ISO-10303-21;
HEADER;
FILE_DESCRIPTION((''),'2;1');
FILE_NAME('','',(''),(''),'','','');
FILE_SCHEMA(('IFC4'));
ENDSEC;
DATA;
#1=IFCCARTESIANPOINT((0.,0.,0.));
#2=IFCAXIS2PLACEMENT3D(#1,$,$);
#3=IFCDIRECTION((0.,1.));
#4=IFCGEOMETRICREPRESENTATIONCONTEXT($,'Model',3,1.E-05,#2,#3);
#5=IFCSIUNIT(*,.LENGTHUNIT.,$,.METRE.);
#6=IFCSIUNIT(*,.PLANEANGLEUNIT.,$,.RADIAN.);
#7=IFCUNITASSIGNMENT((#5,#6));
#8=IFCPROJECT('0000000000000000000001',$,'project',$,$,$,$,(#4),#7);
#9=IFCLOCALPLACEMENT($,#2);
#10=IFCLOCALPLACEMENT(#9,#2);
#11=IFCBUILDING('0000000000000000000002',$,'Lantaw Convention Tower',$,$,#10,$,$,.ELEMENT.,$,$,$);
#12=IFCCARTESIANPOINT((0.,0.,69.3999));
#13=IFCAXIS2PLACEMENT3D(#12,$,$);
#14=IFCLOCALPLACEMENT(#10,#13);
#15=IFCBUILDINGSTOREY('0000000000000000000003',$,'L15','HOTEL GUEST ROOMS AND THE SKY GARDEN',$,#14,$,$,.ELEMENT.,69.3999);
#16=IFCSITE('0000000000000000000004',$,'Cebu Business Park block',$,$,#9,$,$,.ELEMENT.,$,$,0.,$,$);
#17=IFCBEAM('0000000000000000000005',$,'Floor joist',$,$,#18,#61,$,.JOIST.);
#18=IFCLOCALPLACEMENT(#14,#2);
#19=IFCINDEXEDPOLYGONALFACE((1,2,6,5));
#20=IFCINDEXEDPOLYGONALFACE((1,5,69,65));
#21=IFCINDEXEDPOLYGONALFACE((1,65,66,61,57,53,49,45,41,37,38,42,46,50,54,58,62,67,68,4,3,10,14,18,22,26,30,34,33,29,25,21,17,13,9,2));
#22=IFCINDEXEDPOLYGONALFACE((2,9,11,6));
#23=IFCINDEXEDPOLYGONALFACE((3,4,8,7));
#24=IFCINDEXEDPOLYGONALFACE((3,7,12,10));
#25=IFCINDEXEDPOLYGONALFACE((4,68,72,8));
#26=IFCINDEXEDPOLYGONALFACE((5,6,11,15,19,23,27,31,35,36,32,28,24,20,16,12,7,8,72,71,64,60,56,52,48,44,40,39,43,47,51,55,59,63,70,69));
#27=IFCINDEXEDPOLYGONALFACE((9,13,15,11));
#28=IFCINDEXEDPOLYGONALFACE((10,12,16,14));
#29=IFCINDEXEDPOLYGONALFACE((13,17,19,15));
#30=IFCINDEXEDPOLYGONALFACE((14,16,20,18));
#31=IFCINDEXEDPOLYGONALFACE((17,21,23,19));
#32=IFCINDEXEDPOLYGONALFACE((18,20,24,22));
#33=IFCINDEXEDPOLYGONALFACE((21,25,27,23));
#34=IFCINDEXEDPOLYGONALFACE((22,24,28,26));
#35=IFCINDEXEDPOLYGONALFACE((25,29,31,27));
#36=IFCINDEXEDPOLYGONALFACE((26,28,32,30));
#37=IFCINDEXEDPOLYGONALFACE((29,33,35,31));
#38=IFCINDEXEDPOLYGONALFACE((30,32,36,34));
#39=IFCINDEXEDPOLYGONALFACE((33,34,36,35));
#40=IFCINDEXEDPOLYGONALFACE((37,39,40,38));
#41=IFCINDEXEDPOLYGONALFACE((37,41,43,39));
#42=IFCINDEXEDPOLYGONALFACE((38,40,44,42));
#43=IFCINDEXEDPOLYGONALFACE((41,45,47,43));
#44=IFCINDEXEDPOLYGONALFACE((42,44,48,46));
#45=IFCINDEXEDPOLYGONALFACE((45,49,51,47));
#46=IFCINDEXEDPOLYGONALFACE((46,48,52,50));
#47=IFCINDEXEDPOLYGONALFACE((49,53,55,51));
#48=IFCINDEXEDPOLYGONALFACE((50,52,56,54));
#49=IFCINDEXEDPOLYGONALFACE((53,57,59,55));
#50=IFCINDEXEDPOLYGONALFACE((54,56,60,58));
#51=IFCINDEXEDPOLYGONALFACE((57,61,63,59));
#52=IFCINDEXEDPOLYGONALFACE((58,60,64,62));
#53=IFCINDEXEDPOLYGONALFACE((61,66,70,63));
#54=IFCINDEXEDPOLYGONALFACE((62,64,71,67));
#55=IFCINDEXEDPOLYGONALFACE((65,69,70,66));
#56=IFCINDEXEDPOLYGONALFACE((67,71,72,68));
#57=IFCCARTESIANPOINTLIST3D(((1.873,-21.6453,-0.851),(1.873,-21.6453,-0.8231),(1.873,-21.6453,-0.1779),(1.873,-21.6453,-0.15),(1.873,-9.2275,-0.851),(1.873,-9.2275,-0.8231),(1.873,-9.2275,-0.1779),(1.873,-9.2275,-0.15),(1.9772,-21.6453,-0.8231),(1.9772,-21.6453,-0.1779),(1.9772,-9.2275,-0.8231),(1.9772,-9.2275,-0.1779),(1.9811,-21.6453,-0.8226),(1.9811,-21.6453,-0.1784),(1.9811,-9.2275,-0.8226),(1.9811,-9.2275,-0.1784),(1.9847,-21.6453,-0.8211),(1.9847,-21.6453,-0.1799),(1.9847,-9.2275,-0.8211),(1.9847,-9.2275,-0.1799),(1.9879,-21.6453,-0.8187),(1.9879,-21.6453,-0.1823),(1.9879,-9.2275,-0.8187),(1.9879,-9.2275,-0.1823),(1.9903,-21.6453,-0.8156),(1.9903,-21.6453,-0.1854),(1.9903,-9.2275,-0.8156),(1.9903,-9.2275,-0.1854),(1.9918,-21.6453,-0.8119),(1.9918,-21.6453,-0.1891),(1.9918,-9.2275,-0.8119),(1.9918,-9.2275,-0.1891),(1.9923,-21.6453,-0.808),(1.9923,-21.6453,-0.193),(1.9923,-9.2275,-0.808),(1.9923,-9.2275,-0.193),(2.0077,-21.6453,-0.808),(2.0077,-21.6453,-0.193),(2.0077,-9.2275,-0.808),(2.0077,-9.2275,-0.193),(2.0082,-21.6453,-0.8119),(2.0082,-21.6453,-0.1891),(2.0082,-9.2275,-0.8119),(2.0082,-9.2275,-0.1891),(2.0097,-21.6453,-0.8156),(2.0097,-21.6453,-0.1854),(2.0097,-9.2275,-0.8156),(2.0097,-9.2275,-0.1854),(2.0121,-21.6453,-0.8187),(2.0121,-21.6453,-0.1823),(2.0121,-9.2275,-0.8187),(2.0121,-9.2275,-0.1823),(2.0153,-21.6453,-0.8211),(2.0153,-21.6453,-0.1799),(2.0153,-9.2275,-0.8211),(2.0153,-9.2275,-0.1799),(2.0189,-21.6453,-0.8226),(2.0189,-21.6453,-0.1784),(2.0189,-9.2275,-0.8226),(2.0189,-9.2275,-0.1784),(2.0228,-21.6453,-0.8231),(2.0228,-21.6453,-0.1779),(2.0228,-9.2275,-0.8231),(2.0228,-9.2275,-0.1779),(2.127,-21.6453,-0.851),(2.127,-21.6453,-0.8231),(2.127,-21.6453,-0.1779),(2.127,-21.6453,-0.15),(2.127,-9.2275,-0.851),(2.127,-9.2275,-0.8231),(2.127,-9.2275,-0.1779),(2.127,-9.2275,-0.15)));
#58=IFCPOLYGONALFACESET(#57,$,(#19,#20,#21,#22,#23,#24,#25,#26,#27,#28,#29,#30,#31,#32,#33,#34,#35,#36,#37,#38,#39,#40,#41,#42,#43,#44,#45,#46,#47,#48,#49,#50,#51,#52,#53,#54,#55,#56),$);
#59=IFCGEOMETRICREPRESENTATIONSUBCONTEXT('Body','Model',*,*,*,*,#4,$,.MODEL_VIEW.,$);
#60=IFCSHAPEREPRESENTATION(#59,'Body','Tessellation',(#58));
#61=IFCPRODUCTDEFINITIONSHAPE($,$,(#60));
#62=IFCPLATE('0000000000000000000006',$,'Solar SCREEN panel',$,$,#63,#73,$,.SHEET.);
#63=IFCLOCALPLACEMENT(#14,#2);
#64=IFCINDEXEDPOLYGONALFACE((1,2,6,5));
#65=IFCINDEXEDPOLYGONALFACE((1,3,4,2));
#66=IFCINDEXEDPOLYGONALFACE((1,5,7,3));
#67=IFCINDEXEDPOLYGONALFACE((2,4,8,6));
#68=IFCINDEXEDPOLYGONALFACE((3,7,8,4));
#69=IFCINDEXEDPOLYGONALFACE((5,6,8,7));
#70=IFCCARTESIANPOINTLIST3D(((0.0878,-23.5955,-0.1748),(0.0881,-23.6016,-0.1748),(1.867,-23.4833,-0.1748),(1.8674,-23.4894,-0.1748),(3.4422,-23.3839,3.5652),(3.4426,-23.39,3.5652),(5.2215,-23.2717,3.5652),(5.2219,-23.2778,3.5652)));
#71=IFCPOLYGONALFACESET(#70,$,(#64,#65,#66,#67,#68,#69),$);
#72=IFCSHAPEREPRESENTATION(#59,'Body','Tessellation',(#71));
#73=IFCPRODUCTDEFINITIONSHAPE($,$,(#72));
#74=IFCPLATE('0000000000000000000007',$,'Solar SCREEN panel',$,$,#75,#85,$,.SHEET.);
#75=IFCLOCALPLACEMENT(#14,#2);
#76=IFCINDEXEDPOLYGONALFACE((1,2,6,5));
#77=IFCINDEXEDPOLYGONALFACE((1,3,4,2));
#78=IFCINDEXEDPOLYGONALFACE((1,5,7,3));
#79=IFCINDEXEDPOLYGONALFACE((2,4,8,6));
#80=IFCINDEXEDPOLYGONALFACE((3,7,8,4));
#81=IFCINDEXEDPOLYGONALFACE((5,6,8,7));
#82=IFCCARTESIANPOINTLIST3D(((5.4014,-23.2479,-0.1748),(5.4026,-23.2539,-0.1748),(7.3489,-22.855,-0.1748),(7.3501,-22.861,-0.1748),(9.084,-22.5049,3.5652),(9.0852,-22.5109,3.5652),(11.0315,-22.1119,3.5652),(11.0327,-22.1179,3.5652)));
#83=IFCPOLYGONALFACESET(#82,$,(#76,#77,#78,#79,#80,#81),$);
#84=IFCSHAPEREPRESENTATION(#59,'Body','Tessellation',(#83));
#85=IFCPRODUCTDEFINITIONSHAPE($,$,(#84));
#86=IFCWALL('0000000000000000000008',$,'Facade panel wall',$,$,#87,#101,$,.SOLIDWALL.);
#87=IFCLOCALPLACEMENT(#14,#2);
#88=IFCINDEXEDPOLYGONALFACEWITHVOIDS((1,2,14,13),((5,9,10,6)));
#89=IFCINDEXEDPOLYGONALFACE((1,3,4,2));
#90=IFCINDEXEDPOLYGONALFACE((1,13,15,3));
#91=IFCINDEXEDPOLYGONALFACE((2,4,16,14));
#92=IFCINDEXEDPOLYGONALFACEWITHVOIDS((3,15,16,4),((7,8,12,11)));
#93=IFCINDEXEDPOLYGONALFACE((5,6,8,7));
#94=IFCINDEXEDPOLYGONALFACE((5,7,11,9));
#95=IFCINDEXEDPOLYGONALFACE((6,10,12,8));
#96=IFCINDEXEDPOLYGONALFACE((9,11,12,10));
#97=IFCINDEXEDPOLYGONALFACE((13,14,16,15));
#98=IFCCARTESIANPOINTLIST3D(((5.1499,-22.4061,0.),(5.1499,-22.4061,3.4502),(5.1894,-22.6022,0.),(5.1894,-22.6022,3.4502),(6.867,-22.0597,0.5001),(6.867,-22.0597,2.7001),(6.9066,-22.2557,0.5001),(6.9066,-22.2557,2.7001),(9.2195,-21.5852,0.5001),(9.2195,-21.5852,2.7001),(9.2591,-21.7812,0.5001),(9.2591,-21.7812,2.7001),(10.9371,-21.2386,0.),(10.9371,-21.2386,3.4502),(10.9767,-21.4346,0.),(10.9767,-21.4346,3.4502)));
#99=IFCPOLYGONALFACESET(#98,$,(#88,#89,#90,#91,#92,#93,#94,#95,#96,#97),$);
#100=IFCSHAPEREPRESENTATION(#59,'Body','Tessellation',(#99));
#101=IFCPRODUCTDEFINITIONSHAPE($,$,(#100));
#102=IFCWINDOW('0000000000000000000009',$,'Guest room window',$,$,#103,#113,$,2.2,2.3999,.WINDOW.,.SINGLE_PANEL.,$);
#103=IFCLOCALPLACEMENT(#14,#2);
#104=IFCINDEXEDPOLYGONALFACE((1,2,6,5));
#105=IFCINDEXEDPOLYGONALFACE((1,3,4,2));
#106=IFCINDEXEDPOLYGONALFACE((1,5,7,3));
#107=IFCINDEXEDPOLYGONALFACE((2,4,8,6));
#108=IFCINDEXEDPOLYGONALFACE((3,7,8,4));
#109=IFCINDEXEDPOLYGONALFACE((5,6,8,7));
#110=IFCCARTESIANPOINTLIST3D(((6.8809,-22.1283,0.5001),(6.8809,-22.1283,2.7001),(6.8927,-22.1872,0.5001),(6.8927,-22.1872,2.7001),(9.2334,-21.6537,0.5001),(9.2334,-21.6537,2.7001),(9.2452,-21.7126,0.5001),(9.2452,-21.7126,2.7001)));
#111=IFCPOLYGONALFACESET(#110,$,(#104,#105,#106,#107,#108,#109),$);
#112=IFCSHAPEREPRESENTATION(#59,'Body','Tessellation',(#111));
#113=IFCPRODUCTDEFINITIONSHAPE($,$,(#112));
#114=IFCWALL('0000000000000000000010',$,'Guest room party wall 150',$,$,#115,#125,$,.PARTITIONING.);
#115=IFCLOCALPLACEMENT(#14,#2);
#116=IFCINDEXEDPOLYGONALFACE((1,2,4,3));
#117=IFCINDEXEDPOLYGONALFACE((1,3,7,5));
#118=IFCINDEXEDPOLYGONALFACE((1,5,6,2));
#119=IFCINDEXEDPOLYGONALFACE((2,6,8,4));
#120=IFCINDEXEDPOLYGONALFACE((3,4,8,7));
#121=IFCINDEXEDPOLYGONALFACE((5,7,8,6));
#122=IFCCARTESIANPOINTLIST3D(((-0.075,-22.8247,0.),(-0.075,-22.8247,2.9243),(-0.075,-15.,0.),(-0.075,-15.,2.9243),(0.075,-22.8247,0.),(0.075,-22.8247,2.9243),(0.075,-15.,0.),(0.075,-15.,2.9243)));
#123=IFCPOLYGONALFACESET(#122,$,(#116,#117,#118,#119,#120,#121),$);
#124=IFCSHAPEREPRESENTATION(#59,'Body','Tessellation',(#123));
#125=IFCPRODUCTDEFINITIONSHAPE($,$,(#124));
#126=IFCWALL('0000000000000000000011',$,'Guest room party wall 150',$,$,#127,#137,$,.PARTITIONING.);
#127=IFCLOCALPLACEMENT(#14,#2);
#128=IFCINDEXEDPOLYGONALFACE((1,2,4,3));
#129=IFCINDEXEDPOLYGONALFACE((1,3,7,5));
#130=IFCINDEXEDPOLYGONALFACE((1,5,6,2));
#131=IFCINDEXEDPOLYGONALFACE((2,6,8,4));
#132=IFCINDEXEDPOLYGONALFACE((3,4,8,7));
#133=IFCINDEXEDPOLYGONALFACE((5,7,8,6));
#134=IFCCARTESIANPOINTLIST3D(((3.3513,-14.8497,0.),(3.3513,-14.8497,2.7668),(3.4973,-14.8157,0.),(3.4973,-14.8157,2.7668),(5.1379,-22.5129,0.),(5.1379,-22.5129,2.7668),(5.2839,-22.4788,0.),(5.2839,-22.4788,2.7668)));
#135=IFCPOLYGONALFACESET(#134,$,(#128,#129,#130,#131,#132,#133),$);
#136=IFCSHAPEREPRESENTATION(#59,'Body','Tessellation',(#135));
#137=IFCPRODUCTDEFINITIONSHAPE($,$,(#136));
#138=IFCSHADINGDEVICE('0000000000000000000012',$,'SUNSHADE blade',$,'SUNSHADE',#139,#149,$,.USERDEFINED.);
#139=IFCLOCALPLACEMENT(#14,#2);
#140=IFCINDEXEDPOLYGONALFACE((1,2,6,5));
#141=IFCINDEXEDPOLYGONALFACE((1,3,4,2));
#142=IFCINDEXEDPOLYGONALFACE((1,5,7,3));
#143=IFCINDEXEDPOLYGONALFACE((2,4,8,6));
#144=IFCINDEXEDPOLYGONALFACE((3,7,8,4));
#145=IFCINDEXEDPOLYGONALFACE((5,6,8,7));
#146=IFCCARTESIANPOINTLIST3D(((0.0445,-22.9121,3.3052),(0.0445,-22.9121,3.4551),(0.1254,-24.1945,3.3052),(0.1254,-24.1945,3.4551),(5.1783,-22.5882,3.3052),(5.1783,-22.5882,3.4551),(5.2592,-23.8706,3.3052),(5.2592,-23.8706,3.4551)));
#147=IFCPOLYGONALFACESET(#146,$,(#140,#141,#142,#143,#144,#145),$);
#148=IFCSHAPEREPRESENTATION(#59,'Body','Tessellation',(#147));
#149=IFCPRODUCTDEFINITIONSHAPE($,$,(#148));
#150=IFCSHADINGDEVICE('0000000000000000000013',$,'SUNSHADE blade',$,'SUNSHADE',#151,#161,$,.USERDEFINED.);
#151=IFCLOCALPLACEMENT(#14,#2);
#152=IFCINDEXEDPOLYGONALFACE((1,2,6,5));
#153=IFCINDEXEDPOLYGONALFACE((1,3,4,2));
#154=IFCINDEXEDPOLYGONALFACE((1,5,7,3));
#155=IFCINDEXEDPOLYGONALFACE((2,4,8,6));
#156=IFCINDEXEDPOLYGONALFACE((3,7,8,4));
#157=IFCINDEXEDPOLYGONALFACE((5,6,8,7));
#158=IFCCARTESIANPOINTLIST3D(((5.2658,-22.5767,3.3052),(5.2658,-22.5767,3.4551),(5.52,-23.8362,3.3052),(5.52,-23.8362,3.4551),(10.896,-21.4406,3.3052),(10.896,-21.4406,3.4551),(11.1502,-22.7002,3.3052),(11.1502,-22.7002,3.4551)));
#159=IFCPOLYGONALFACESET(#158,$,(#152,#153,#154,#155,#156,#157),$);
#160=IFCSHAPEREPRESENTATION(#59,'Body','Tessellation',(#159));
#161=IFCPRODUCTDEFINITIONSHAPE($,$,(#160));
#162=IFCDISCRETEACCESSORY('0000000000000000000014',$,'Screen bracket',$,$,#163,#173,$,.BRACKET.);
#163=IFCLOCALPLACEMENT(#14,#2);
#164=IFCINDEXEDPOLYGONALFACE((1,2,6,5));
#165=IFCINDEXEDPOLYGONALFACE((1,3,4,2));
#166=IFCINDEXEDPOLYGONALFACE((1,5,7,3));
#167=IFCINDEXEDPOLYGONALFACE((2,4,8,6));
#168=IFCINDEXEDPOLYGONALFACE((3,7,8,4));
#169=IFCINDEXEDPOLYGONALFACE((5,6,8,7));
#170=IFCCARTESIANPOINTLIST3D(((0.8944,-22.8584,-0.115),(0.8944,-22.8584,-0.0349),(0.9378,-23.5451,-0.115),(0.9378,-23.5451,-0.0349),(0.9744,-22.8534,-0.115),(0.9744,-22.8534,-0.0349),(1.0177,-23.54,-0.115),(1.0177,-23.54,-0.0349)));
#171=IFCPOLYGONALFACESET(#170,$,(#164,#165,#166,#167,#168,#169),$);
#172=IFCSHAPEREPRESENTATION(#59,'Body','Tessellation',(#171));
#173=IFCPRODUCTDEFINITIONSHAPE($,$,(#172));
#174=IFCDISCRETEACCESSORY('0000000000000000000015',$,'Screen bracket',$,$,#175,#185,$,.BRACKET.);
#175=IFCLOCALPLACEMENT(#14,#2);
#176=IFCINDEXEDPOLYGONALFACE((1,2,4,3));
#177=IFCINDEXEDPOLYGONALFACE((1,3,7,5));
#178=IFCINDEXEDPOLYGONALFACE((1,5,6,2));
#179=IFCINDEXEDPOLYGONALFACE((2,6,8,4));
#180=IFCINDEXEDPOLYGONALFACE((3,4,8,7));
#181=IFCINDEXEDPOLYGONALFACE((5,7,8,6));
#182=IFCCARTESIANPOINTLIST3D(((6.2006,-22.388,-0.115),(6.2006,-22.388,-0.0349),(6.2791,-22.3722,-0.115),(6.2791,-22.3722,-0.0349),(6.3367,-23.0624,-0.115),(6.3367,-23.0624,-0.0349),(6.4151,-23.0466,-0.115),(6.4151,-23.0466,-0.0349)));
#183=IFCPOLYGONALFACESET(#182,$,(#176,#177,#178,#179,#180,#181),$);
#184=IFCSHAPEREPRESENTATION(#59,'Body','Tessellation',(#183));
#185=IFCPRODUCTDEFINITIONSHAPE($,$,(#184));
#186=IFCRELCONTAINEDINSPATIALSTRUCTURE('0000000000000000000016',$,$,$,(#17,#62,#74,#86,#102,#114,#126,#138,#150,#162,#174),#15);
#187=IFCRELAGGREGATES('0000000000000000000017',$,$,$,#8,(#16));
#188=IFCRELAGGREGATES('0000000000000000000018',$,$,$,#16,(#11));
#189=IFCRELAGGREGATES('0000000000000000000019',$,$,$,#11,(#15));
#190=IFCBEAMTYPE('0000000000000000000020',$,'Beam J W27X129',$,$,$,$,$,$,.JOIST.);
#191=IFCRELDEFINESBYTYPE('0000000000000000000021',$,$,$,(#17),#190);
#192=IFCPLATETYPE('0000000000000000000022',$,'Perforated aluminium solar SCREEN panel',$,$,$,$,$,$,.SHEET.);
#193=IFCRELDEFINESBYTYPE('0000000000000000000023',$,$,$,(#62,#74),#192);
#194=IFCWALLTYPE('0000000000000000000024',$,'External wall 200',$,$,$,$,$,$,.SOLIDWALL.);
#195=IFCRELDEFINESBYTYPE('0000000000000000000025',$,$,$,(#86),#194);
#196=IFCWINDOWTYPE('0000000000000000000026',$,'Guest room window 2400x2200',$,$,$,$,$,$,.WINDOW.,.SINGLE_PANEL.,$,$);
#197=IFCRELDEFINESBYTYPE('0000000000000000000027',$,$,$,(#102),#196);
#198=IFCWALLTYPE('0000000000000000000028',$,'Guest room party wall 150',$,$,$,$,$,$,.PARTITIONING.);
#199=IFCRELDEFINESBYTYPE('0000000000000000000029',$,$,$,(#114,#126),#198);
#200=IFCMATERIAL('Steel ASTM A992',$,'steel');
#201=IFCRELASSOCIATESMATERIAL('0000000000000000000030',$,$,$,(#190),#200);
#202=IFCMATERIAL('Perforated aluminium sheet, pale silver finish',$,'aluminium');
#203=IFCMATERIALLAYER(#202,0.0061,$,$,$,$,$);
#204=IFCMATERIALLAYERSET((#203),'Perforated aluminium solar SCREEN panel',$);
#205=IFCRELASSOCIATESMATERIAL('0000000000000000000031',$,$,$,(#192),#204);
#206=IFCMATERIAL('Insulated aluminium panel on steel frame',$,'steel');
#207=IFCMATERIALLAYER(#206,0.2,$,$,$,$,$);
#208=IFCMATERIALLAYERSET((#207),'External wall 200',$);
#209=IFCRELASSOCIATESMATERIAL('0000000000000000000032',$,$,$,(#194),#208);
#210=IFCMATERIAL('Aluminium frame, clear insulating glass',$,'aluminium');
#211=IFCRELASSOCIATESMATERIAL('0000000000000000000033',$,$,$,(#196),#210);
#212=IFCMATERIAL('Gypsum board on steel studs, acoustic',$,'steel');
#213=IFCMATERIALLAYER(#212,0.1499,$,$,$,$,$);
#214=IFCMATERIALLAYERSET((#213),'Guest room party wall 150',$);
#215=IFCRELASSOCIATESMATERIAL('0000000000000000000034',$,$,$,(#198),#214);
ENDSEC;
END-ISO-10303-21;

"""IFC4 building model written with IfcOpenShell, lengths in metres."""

from ifc_helpers import new_model, si_unit, direction, frame, frame_2d, origin, origin_2d, place, context, subcontext, project, spatial, polyline, rectangle, i_section, outline, extrude, material, layer, layer_set, material_profile, profile_set, type_object, element, fill, save


model = new_model("IFC4")

# Units and contexts
model_context = context("Model", 3, precision=1e-05, world=origin(), true_north=direction((0.0, 1.0)))
body_context = subcontext(model_context, "Body", "Model", "MODEL_VIEW")
ifc_project = project(units=[si_unit("LENGTHUNIT", "METRE"), si_unit("PLANEANGLEUNIT", "RADIAN")], contexts=[model_context])

# Site, building, storey
site_placement = place(None, origin())
site = spatial("IfcSite", under=ifc_project, at=site_placement, Name="Cebu Business Park block", CompositionType="ELEMENT", RefElevation=0.0)
building_placement = place(site_placement, origin())
building = spatial("IfcBuilding", under=site, at=building_placement, Name="Lantaw Convention Tower", CompositionType="ELEMENT")
storey_placement = place(building_placement, frame((0.0, 0.0, 69.3999)))
storey = spatial("IfcBuildingStorey", under=building, at=storey_placement, Name="L15", Description="HOTEL GUEST ROOMS AND THE SKY GARDEN", CompositionType="ELEMENT", Elevation=69.3999)

# Beam
ifc_material_1 = material(Name="Steel ASTM A992", Category="steel")
ifc_material_profile_1 = material_profile(ifc_material_1, i_section(OverallWidth=0.2539, OverallDepth=0.7009, WebThickness=0.0154, FlangeThickness=0.0278, FilletRadius=0.0151, at=origin_2d()), Name="W27X129")
ifc_profile_set_1 = profile_set([ifc_material_profile_1], Name="Steel ASTM A992")
beam_type_1 = type_object("IfcBeamType", Name="Beam J W27X129", PredefinedType="JOIST", material=ifc_profile_set_1)
beam_1_placement = place(storey_placement, frame((2.0, -21.6453, -0.5005), z_axis=(0.0, 1.0, 0.0), x_axis=(-1.0, 0.0, 0.0)))
element("IfcBeam", 1, at=beam_1_placement, inside=storey, type_object=beam_type_1, Name="Floor joist", PredefinedType="JOIST", context=body_context, shape_type="SweptSolid", body=[
    extrude(i_section(OverallWidth=0.2539, OverallDepth=0.7009, WebThickness=0.0154, FlangeThickness=0.0278, FilletRadius=0.0151, at=origin_2d()), origin(), (0.0, 0.0, 1.0), 12.4177),
])

# Plates
ifc_material_2 = material(Name="Perforated aluminium sheet, pale silver finish", Category="aluminium")
ifc_layer_1 = layer(ifc_material_2, 0.0061)
ifc_layer_set_1 = layer_set([ifc_layer_1], Name="Perforated aluminium solar SCREEN panel")
plate_type = type_object("IfcPlateType", Name="Perforated aluminium solar SCREEN panel", PredefinedType="SHEET", material=ifc_layer_set_1)
plate_1_placement = place(storey_placement, frame((0.0881, -23.6016, -0.1748), z_axis=(0.062924, -0.998018, 0.000014), x_axis=(0.998018, 0.062924, 0.0)))
element("IfcPlate", 2, at=plate_1_placement, inside=storey, type_object=plate_type, Name="Solar SCREEN panel", PredefinedType="SHEET", context=body_context, shape_type="SweptSolid", body=[
    extrude(outline(polyline([(0.0, 0.0), (1.7828, 0.0), (5.144, 3.74), (3.3611, 3.74), (0.0, 0.0)])), origin(), (0.0, 0.0, -1.0), 0.0061),
])
plate_2_placement = place(storey_placement, frame((5.4026, -23.2539, -0.1748), z_axis=(0.197782, -0.980246, 0.000002), x_axis=(0.980246, 0.197782, 0.0)))
element("IfcPlate", 3, at=plate_2_placement, inside=storey, type_object=plate_type, Name="Solar SCREEN panel", PredefinedType="SHEET", context=body_context, shape_type="SweptSolid", body=[
    extrude(outline(polyline([(0.0, 0.0), (1.9867, 0.0), (5.7436, 3.74), (3.7568, 3.74), (0.0, 0.0)])), origin(), (0.0, 0.0, -1.0), 0.0061),
])

# Wall, opening, window
ifc_material_3 = material(Name="Insulated aluminium panel on steel frame", Category="steel")
ifc_layer_2 = layer(ifc_material_3, 0.2)
ifc_layer_set_2 = layer_set([ifc_layer_2], Name="External wall 200")
wall_type_1 = type_object("IfcWallType", Name="External wall 200", PredefinedType="SOLIDWALL", material=ifc_layer_set_2)
wall_1_placement = place(storey_placement, frame((5.1697, -22.5042, 0.0), z_axis=(0.0, 0.0, 1.0), x_axis=(0.980252, 0.197754, 0.0)))
wall_1 = element("IfcWall", 4, at=wall_1_placement, inside=storey, type_object=wall_type_1, Name="Facade panel wall", PredefinedType="SOLIDWALL", context=body_context, shape_type="SweptSolid", body=[
    extrude(rectangle(XDim=5.9038, YDim=0.2, at=frame_2d((2.9519, 0.0))), origin(), (0.0, 0.0, 1.0), 3.4502),
])
opening_placement = place(wall_1_placement, frame((1.7517, 0.0, 0.5)))
opening = element("IfcOpeningElement", 5, at=opening_placement, cuts=wall_1, PredefinedType="OPENING", context=body_context, shape_type="SweptSolid", body=[
    extrude(rectangle(XDim=2.3999, YDim=2.2, at=frame_2d((1.2, 1.1001))), frame((0.0, 0.1099, 0.0), z_axis=(0.0, -1.0, 0.0), x_axis=(1.0, 0.0, 0.0)), (0.0, 0.0, 1.0), 0.22),
])
ifc_material_4 = material(Name="Aluminium frame, clear insulating glass", Category="aluminium")
window_type = type_object("IfcWindowType", Name="Guest room window 2400x2200", PartitioningType="SINGLE_PANEL", PredefinedType="WINDOW", material=ifc_material_4)
window_placement = place(opening_placement, origin())
window = element("IfcWindow", 6, at=window_placement, inside=storey, type_object=window_type, Name="Guest room window", OverallHeight=2.2, OverallWidth=2.3999, PartitioningType="SINGLE_PANEL", PredefinedType="WINDOW", context=body_context, shape_type="SweptSolid", body=[
    extrude(rectangle(XDim=2.3999, YDim=2.2, at=frame_2d((1.2, 1.1001))), frame((0.0, 0.03, 0.0), z_axis=(0.0, -1.0, 0.0), x_axis=(1.0, 0.0, 0.0)), (0.0, 0.0, 1.0), 0.0601),
])
fill(opening, window)

# Walls
ifc_material_5 = material(Name="Gypsum board on steel studs, acoustic", Category="steel")
ifc_layer_3 = layer(ifc_material_5, 0.1499)
ifc_layer_set_3 = layer_set([ifc_layer_3], Name="Guest room party wall 150")
wall_type_2 = type_object("IfcWallType", Name="Guest room party wall 150", PredefinedType="PARTITIONING", material=ifc_layer_set_3)
wall_2_placement = place(storey_placement, frame((0.0, -22.8247, 0.0), z_axis=(0.0, 0.0, 1.0), x_axis=(0.0, 1.0, 0.0)))
element("IfcWall", 7, at=wall_2_placement, inside=storey, type_object=wall_type_2, Name="Guest room party wall 150", PredefinedType="PARTITIONING", context=body_context, shape_type="SweptSolid", body=[
    extrude(rectangle(XDim=7.8247, YDim=0.1499, at=frame_2d((3.9124, 0.0))), origin(), (0.0, 0.0, 1.0), 2.9243),
])
wall_3_placement = place(storey_placement, frame((5.2109, -22.4958, 0.0), z_axis=(0.0, 0.0, 1.0), x_axis=(-0.227057, 0.973881, 0.0)))
element("IfcWall", 8, at=wall_3_placement, inside=storey, type_object=wall_type_2, Name="Guest room party wall 150", PredefinedType="PARTITIONING", context=body_context, shape_type="SweptSolid", body=[
    extrude(rectangle(XDim=7.8687, YDim=0.1499, at=frame_2d((3.9343, 0.0))), origin(), (0.0, 0.0, 1.0), 2.7668),
])

# Shading devices
shading_device_1_placement = place(storey_placement, frame((2.6519, -23.3914, 3.3052), z_axis=(0.0, 0.0, 1.0), x_axis=(0.998016, 0.062958, 0.0)))
element("IfcShadingDevice", 9, at=shading_device_1_placement, inside=storey, Name="SUNSHADE blade", ObjectType="SUNSHADE", PredefinedType="USERDEFINED", context=body_context, shape_type="SweptSolid", body=[
    extrude(rectangle(XDim=5.144, YDim=1.2849, at=origin_2d()), origin(), (0.0, 0.0, 1.0), 0.1499),
])
shading_device_2_placement = place(storey_placement, frame((8.208, -22.6384, 3.3052), z_axis=(0.0, 0.0, 1.0), x_axis=(0.980245, 0.197789, 0.0)))
element("IfcShadingDevice", 10, at=shading_device_2_placement, inside=storey, Name="SUNSHADE blade", ObjectType="SUNSHADE", PredefinedType="USERDEFINED", context=body_context, shape_type="SweptSolid", body=[
    extrude(rectangle(XDim=5.7437, YDim=1.2849, at=origin_2d()), origin(), (0.0, 0.0, 1.0), 0.1499),
])

# Discrete accessories
for number, where, z_axis, x_axis, name in (
    (11, (0.9561, -23.1992, -0.115), (0.0, 0.0, 1.0), (0.998016, 0.062958, 0.0), "Screen bracket"),
    (12, (6.3079, -22.7173, -0.115), (0.0, 0.0, 1.0), (0.980245, 0.197789, 0.0), "Screen bracket"),
):
    element("IfcDiscreteAccessory", number, at=place(storey_placement, frame(where, z_axis=z_axis, x_axis=x_axis)), inside=storey, Name=name, PredefinedType="BRACKET", context=body_context, shape_type="SweptSolid", body=[
        extrude(rectangle(XDim=0.0801, YDim=0.688, at=origin_2d()), origin(), (0.0, 0.0, 1.0), 0.0801),
    ])

save(model, "model.ifc")
